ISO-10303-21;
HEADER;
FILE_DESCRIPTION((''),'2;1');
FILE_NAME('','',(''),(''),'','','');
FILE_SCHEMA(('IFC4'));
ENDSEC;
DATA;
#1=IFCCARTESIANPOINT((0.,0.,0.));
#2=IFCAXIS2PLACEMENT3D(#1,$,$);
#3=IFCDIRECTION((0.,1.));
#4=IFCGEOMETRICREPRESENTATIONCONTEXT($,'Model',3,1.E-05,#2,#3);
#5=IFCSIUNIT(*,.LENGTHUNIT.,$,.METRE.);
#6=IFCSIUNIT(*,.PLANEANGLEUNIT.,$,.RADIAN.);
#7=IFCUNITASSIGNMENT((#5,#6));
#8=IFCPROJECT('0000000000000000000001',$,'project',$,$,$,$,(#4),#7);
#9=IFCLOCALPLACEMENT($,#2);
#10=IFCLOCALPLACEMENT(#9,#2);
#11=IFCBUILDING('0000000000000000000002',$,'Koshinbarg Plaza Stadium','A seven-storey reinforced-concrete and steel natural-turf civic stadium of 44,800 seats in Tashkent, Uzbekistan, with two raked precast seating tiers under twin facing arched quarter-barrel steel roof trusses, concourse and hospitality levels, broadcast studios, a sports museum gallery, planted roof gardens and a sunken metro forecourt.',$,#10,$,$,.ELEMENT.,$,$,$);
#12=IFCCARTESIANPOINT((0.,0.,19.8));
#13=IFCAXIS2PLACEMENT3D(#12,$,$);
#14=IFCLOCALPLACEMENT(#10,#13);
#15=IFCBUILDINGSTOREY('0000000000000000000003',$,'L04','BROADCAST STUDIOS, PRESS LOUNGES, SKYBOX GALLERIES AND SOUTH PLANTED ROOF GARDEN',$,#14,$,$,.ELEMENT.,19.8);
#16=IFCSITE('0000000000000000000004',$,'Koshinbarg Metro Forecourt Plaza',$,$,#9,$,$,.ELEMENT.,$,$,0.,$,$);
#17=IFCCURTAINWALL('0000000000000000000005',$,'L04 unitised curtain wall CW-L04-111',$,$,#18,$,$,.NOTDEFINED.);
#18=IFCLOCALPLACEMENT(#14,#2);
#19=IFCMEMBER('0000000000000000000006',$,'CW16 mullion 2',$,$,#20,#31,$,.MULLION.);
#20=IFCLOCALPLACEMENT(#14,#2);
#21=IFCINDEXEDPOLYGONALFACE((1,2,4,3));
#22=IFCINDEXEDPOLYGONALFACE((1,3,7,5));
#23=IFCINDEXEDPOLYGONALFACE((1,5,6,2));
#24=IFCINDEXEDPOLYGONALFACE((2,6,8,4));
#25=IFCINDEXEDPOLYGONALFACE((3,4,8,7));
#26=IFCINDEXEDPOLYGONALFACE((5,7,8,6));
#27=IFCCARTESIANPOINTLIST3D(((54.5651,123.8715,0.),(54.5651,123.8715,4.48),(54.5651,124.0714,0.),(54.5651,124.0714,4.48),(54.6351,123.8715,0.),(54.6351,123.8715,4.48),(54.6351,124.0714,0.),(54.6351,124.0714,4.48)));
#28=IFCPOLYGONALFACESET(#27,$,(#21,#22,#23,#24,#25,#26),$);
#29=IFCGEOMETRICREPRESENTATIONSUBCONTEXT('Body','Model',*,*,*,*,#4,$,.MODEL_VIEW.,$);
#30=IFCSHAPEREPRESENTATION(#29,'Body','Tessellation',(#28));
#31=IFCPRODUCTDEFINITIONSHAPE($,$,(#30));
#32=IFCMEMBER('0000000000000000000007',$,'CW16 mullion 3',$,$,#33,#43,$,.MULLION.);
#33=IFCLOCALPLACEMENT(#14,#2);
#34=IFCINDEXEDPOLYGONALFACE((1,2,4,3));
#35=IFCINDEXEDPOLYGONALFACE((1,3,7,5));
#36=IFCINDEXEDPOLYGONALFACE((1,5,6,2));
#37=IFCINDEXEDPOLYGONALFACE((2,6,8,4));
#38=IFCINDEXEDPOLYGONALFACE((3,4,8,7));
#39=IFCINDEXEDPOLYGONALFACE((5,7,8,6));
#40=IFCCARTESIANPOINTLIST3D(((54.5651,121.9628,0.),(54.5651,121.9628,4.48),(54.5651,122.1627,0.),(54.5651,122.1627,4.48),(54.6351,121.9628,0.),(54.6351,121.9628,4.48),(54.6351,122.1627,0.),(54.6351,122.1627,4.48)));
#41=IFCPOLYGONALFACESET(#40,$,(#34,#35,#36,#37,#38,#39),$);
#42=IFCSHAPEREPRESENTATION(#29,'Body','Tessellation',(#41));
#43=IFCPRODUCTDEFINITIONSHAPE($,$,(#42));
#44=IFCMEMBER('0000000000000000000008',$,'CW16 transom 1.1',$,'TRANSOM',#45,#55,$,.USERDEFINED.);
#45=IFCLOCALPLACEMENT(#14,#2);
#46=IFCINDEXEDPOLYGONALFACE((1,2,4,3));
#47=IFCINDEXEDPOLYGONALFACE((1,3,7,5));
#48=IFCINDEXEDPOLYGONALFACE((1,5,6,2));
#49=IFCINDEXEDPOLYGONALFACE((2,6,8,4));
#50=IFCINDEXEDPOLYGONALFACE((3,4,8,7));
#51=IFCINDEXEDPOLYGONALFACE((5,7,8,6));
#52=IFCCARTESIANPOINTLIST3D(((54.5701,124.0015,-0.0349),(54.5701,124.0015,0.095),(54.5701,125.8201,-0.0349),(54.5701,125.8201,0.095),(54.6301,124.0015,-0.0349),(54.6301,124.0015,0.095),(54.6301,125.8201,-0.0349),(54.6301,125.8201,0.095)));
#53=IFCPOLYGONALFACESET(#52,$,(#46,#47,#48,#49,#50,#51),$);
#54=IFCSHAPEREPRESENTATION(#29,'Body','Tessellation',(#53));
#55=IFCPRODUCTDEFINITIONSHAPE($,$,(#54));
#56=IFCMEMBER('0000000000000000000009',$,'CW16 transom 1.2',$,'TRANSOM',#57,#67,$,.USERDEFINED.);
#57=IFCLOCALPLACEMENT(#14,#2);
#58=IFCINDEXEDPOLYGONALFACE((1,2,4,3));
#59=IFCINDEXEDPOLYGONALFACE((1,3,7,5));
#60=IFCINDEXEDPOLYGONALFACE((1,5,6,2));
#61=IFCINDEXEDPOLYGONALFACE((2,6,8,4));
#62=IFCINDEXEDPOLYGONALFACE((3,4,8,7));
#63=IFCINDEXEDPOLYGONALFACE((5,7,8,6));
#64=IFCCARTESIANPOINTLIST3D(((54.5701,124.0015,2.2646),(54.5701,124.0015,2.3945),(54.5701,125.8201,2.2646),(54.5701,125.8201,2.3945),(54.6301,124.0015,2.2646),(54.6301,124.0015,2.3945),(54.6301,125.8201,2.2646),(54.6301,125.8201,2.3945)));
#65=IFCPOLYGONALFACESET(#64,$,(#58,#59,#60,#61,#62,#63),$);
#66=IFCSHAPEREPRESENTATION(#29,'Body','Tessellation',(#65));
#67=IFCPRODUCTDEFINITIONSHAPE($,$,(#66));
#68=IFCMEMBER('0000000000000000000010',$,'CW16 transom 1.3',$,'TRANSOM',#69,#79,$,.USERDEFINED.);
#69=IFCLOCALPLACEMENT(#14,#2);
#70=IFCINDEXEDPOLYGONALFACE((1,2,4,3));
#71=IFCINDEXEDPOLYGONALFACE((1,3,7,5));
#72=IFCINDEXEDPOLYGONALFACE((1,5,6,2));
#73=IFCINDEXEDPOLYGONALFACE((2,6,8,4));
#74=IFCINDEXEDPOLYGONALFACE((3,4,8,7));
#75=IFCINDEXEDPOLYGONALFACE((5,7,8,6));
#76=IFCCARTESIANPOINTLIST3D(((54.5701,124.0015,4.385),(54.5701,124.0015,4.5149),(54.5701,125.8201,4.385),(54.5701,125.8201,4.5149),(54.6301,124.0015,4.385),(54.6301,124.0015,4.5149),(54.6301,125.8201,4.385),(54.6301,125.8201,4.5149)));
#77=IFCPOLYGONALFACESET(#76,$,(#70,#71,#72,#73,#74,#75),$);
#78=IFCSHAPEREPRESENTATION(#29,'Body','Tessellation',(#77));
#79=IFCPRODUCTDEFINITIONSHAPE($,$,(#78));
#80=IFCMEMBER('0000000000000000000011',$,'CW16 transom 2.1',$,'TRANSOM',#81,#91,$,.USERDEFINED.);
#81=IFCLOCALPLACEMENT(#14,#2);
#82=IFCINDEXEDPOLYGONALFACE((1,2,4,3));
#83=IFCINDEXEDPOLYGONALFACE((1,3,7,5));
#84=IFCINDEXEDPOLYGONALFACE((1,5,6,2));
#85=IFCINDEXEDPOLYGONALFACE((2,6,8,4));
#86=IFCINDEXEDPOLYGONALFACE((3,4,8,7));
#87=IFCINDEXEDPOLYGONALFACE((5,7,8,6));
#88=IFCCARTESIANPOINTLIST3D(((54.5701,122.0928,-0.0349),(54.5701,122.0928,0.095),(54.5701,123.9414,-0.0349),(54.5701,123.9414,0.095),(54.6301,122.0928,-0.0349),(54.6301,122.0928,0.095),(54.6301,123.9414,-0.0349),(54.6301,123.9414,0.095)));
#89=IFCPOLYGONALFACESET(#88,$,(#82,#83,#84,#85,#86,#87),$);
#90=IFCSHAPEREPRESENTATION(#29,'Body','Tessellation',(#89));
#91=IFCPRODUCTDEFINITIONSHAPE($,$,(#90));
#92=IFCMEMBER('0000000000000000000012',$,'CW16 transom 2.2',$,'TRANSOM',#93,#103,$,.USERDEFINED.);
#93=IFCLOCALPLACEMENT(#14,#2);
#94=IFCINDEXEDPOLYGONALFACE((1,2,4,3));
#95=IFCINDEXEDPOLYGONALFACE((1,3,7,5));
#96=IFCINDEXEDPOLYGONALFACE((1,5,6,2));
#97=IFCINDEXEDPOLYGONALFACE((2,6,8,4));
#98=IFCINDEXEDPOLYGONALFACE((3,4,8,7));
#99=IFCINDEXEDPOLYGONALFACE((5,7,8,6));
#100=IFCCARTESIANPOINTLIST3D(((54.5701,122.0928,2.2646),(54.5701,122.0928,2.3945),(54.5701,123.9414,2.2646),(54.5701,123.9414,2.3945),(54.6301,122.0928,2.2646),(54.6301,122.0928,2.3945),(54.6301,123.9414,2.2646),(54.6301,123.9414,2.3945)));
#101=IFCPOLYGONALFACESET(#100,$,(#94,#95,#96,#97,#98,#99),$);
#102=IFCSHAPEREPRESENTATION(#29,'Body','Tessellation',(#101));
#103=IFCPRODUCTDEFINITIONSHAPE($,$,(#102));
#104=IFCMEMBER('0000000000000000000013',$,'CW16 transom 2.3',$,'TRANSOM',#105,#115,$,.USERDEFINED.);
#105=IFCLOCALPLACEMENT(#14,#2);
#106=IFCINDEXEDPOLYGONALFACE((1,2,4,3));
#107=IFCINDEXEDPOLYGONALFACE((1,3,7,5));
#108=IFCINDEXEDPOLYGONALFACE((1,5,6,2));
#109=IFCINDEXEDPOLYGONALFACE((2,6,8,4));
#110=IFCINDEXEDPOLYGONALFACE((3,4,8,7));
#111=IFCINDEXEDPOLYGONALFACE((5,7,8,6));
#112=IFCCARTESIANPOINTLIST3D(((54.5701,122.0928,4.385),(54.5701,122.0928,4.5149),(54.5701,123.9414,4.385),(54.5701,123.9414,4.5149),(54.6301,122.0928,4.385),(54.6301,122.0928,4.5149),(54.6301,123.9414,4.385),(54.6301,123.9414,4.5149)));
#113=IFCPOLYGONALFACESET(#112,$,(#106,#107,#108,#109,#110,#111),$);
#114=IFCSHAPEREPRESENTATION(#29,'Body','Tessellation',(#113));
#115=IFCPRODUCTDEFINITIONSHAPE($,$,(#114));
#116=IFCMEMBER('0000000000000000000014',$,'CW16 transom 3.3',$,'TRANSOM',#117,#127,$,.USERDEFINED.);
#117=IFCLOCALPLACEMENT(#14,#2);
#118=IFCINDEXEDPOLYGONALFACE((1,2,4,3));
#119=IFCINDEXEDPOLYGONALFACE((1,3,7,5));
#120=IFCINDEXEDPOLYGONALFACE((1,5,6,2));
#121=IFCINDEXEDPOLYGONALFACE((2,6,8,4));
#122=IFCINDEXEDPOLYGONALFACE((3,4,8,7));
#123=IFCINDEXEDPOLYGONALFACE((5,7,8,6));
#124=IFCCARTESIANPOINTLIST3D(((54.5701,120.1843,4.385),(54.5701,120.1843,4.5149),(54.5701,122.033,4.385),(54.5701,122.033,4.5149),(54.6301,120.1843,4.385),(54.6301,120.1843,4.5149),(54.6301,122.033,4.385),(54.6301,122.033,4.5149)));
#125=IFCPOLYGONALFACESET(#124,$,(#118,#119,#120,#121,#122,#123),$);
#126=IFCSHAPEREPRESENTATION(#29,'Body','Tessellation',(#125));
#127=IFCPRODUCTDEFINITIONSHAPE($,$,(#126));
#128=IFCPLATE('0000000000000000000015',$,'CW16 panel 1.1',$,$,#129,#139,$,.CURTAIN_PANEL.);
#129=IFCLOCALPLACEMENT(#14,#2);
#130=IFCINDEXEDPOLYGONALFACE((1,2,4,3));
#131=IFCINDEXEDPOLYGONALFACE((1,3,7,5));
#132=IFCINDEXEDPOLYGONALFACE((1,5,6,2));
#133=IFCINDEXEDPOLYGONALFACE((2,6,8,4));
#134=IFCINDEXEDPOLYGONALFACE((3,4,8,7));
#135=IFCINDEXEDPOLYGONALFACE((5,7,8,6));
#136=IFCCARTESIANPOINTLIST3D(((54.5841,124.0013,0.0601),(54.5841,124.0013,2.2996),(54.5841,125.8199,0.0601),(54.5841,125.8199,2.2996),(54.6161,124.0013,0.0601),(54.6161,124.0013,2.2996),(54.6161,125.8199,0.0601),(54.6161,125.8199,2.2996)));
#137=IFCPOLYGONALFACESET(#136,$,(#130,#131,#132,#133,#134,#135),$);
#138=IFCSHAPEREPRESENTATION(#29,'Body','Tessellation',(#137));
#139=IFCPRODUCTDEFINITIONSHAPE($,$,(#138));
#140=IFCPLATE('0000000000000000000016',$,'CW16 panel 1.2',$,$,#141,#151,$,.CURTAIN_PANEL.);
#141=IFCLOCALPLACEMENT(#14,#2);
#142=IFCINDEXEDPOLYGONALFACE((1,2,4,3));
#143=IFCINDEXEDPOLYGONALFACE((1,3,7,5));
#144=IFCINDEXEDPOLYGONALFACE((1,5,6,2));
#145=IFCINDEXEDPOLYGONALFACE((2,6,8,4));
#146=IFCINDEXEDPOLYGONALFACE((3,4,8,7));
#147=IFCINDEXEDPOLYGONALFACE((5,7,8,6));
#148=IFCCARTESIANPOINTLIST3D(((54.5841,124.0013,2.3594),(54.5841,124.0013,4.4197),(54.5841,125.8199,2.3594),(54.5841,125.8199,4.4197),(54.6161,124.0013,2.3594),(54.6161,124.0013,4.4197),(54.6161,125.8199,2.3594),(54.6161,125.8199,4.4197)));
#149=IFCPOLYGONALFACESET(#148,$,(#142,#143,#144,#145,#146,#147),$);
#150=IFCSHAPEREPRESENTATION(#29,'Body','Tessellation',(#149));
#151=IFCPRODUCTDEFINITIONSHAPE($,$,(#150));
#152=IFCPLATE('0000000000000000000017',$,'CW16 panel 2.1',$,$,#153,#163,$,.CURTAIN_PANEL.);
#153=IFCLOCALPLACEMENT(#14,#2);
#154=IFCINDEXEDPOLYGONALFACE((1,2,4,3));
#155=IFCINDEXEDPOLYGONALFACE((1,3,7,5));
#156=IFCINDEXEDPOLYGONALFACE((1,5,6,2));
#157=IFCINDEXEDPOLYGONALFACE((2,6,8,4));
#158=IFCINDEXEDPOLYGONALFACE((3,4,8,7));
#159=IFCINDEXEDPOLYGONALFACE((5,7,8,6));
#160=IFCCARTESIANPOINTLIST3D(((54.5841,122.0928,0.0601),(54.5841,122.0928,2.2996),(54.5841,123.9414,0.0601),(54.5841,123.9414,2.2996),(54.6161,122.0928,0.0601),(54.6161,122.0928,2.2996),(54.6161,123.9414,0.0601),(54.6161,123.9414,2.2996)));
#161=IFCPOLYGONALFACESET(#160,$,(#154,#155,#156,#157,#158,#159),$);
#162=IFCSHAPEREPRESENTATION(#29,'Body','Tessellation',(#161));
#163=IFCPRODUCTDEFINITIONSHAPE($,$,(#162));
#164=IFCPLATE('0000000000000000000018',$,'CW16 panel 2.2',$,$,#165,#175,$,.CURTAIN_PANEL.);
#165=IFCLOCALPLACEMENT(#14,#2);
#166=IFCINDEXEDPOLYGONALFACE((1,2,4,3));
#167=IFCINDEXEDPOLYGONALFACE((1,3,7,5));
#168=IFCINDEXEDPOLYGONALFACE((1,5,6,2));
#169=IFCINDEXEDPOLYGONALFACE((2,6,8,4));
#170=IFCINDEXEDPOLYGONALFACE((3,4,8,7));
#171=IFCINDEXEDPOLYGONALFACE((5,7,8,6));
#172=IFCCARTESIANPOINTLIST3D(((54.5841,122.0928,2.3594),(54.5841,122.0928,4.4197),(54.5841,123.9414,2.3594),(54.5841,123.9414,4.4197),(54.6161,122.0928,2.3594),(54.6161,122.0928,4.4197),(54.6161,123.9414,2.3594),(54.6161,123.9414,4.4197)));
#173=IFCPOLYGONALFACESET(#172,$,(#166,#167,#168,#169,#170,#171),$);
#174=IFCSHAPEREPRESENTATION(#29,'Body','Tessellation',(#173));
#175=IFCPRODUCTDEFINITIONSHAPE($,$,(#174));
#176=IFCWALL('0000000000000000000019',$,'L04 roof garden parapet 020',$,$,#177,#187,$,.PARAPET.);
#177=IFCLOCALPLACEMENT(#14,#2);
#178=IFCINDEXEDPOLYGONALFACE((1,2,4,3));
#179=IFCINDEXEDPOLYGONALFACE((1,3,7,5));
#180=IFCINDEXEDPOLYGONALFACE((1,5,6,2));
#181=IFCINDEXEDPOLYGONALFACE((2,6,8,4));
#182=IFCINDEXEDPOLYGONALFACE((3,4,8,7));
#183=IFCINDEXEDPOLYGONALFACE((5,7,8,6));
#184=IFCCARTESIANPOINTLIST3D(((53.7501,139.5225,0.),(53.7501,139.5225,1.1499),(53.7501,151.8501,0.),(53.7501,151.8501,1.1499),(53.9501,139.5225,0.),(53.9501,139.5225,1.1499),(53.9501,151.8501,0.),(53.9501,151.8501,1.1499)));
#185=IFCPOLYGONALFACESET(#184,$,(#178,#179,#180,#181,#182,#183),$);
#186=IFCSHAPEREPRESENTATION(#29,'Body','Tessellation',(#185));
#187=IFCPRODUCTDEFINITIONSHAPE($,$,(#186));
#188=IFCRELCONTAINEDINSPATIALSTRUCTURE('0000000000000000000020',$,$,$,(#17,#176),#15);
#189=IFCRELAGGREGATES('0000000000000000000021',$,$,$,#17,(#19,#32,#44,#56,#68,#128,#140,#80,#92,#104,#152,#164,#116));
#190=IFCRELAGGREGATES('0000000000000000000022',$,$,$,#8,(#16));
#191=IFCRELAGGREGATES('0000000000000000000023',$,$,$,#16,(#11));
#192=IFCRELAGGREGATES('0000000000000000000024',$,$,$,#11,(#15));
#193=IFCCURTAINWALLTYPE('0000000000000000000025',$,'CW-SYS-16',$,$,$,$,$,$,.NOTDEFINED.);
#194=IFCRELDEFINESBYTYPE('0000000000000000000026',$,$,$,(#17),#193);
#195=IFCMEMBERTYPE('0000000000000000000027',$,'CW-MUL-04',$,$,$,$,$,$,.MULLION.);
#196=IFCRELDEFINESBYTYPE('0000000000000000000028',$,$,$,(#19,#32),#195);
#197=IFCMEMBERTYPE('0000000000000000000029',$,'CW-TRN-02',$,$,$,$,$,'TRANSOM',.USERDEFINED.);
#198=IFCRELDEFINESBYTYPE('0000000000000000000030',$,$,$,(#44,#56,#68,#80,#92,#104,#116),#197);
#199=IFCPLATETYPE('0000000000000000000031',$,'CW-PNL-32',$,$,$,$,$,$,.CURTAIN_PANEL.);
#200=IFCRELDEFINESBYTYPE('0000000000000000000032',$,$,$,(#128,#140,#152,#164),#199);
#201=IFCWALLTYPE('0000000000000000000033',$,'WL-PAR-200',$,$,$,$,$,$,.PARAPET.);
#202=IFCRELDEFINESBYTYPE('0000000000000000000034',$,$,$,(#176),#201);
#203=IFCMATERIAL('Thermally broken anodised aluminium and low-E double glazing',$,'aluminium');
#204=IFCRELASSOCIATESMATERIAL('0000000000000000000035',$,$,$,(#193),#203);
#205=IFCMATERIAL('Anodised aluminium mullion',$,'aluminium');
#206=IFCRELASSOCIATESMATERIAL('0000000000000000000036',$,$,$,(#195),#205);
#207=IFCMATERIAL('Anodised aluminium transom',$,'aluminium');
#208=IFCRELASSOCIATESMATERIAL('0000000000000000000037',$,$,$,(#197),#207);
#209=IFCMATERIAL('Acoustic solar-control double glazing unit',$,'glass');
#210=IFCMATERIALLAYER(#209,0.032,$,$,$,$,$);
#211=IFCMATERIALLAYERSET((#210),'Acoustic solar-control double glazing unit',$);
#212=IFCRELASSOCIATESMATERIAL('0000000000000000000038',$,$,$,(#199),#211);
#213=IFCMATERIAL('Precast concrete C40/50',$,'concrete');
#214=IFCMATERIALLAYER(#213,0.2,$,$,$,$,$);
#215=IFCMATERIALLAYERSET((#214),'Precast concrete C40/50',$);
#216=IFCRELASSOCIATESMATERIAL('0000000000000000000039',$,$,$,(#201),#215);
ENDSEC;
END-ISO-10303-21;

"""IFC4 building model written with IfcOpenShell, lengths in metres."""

from ifc_helpers import new_model, si_unit, direction, frame, frame_2d, origin, origin_2d, place, context, subcontext, project, spatial, rectangle, extrude, material, layer, layer_set, material_profile, profile_set, type_object, element, aggregate, save


model = new_model("IFC4")

# Units and contexts
model_context = context("Model", 3, precision=1e-05, world=origin(), true_north=direction((0.0, 1.0)))
body_context = subcontext(model_context, "Body", "Model", "MODEL_VIEW")
ifc_project = project(units=[si_unit("LENGTHUNIT", "METRE"), si_unit("PLANEANGLEUNIT", "RADIAN")], contexts=[model_context])

# Site, building, storey
site_placement = place(None, origin())
site = spatial("IfcSite", under=ifc_project, at=site_placement, Name="Koshinbarg Metro Forecourt Plaza", CompositionType="ELEMENT", RefElevation=0.0)
building_placement = place(site_placement, origin())
building = spatial("IfcBuilding", under=site, at=building_placement, Name="Koshinbarg Plaza Stadium", Description="A seven-storey reinforced-concrete and steel natural-turf civic stadium of 44,800 seats in Tashkent, Uzbekistan, with two raked precast seating tiers under twin facing arched quarter-barrel steel roof trusses, concourse and hospitality levels, broadcast studios, a sports museum gallery, planted roof gardens and a sunken metro forecourt.", CompositionType="ELEMENT")
storey_placement = place(building_placement, frame((0.0, 0.0, 19.8)))
storey = spatial("IfcBuildingStorey", under=building, at=storey_placement, Name="L04", Description="BROADCAST STUDIOS, PRESS LOUNGES, SKYBOX GALLERIES AND SOUTH PLANTED ROOF GARDEN", CompositionType="ELEMENT", Elevation=19.8)

# Curtain wall, members, plates
ifc_material_1 = material(Name="Thermally broken anodised aluminium and low-E double glazing", Category="aluminium")
curtain_wall_type = type_object("IfcCurtainWallType", Name="CW-SYS-16", PredefinedType="NOTDEFINED", material=ifc_material_1)
curtain_wall_placement = place(storey_placement, origin())
curtain_wall = element("IfcCurtainWall", 1, at=curtain_wall_placement, inside=storey, type_object=curtain_wall_type, Name="L04 unitised curtain wall CW-L04-111", PredefinedType="NOTDEFINED")
ifc_material_2 = material(Name="Anodised aluminium mullion", Category="aluminium")
ifc_material_profile_1 = material_profile(ifc_material_2, rectangle(XDim=0.0701, YDim=0.2, at=origin_2d()), Name="ALU 70x200")
ifc_profile_set_1 = profile_set([ifc_material_profile_1], Name="Anodised aluminium mullion")
member_type_1 = type_object("IfcMemberType", Name="CW-MUL-04", PredefinedType="MULLION", material=ifc_profile_set_1)
member_1_placement = place(storey_placement, frame((54.6001, 123.9714, 0.0), z_axis=(0.0, 0.0, 1.0), x_axis=(1.0, 0.0, 0.0)))
member_1 = element("IfcMember", 2, at=member_1_placement, type_object=member_type_1, Name="CW16 mullion 2", PredefinedType="MULLION", context=body_context, shape_type="SweptSolid", body=[
    extrude(rectangle(XDim=0.0701, YDim=0.2, at=origin_2d()), origin(), (0.0, 0.0, 1.0), 4.48),
])
member_2_placement = place(storey_placement, frame((54.6001, 122.0627, 0.0), z_axis=(0.0, 0.0, 1.0), x_axis=(1.0, 0.0, 0.0)))
member_2 = element("IfcMember", 3, at=member_2_placement, type_object=member_type_1, Name="CW16 mullion 3", PredefinedType="MULLION", context=body_context, shape_type="SweptSolid", body=[
    extrude(rectangle(XDim=0.0701, YDim=0.2, at=origin_2d()), origin(), (0.0, 0.0, 1.0), 4.48),
])
ifc_material_3 = material(Name="Anodised aluminium transom", Category="aluminium")
ifc_material_profile_2 = material_profile(ifc_material_3, rectangle(XDim=0.0601, YDim=0.1299, at=origin_2d()), Name="ALU 60x130")
ifc_profile_set_2 = profile_set([ifc_material_profile_2], Name="Anodised aluminium transom")
member_type_2 = type_object("IfcMemberType", Name="CW-TRN-02", ElementType="TRANSOM", PredefinedType="USERDEFINED", material=ifc_profile_set_2)
member_3_placement = place(storey_placement, frame((54.6001, 125.8201, 0.03), z_axis=(0.0, -1.0, 0.0), x_axis=(1.0, 0.0, 0.0)))
member_3 = element("IfcMember", 4, at=member_3_placement, type_object=member_type_2, Name="CW16 transom 1.1", ObjectType="TRANSOM", PredefinedType="USERDEFINED", context=body_context, shape_type="SweptSolid", body=[
    extrude(rectangle(XDim=0.0601, YDim=0.1299, at=origin_2d()), origin(), (0.0, 0.0, 1.0), 1.8186),
])
member_4_placement = place(storey_placement, frame((54.6001, 125.8201, 2.3296), z_axis=(0.0, -1.0, 0.0), x_axis=(1.0, 0.0, 0.0)))
member_4 = element("IfcMember", 5, at=member_4_placement, type_object=member_type_2, Name="CW16 transom 1.2", ObjectType="TRANSOM", PredefinedType="USERDEFINED", context=body_context, shape_type="SweptSolid", body=[
    extrude(rectangle(XDim=0.0601, YDim=0.1299, at=origin_2d()), origin(), (0.0, 0.0, 1.0), 1.8186),
])
member_5_placement = place(storey_placement, frame((54.6001, 125.8201, 4.45), z_axis=(0.0, -1.0, 0.0), x_axis=(1.0, 0.0, 0.0)))
member_5 = element("IfcMember", 6, at=member_5_placement, type_object=member_type_2, Name="CW16 transom 1.3", ObjectType="TRANSOM", PredefinedType="USERDEFINED", context=body_context, shape_type="SweptSolid", body=[
    extrude(rectangle(XDim=0.0601, YDim=0.1299, at=origin_2d()), origin(), (0.0, 0.0, 1.0), 1.8186),
])
member_6_placement = place(storey_placement, frame((54.6001, 123.9414, 0.03), z_axis=(0.0, -1.0, 0.0), x_axis=(1.0, 0.0, 0.0)))
member_6 = element("IfcMember", 7, at=member_6_placement, type_object=member_type_2, Name="CW16 transom 2.1", ObjectType="TRANSOM", PredefinedType="USERDEFINED", context=body_context, shape_type="SweptSolid", body=[
    extrude(rectangle(XDim=0.0601, YDim=0.1299, at=origin_2d()), origin(), (0.0, 0.0, 1.0), 1.8486),
])
member_7_placement = place(storey_placement, frame((54.6001, 123.9414, 2.3296), z_axis=(0.0, -1.0, 0.0), x_axis=(1.0, 0.0, 0.0)))
member_7 = element("IfcMember", 8, at=member_7_placement, type_object=member_type_2, Name="CW16 transom 2.2", ObjectType="TRANSOM", PredefinedType="USERDEFINED", context=body_context, shape_type="SweptSolid", body=[
    extrude(rectangle(XDim=0.0601, YDim=0.1299, at=origin_2d()), origin(), (0.0, 0.0, 1.0), 1.8486),
])
member_8_placement = place(storey_placement, frame((54.6001, 123.9414, 4.45), z_axis=(0.0, -1.0, 0.0), x_axis=(1.0, 0.0, 0.0)))
member_8 = element("IfcMember", 9, at=member_8_placement, type_object=member_type_2, Name="CW16 transom 2.3", ObjectType="TRANSOM", PredefinedType="USERDEFINED", context=body_context, shape_type="SweptSolid", body=[
    extrude(rectangle(XDim=0.0601, YDim=0.1299, at=origin_2d()), origin(), (0.0, 0.0, 1.0), 1.8486),
])
member_9_placement = place(storey_placement, frame((54.6001, 122.033, 4.45), z_axis=(0.0, -1.0, 0.0), x_axis=(1.0, 0.0, 0.0)))
member_9 = element("IfcMember", 10, at=member_9_placement, type_object=member_type_2, Name="CW16 transom 3.3", ObjectType="TRANSOM", PredefinedType="USERDEFINED", context=body_context, shape_type="SweptSolid", body=[
    extrude(rectangle(XDim=0.0601, YDim=0.1299, at=origin_2d()), origin(), (0.0, 0.0, 1.0), 1.8486),
])
ifc_material_4 = material(Name="Acoustic solar-control double glazing unit", Category="glass")
ifc_layer_1 = layer(ifc_material_4, 0.032)
ifc_layer_set_1 = layer_set([ifc_layer_1], Name="Acoustic solar-control double glazing unit")
plate_type = type_object("IfcPlateType", Name="CW-PNL-32", PredefinedType="CURTAIN_PANEL", material=ifc_layer_set_1)
plate_1_placement = place(storey_placement, frame((54.6001, 124.9106, 0.0601), z_axis=(0.0, 0.0, 1.0), x_axis=(0.0, -1.0, 0.0)))
plate_1 = element("IfcPlate", 11, at=plate_1_placement, type_object=plate_type, Name="CW16 panel 1.1", PredefinedType="CURTAIN_PANEL", context=body_context, shape_type="SweptSolid", body=[
    extrude(rectangle(XDim=1.8186, YDim=0.032, at=origin_2d()), origin(), (0.0, 0.0, 1.0), 2.2395),
])
plate_2_placement = place(storey_placement, frame((54.6001, 124.9106, 2.3594), z_axis=(0.0, 0.0, 1.0), x_axis=(0.0, -1.0, 0.0)))
plate_2 = element("IfcPlate", 12, at=plate_2_placement, type_object=plate_type, Name="CW16 panel 1.2", PredefinedType="CURTAIN_PANEL", context=body_context, shape_type="SweptSolid", body=[
    extrude(rectangle(XDim=1.8186, YDim=0.032, at=origin_2d()), origin(), (0.0, 0.0, 1.0), 2.0603),
])
plate_3_placement = place(storey_placement, frame((54.6001, 123.0171, 0.0601), z_axis=(0.0, 0.0, 1.0), x_axis=(0.0, -1.0, 0.0)))
plate_3 = element("IfcPlate", 13, at=plate_3_placement, type_object=plate_type, Name="CW16 panel 2.1", PredefinedType="CURTAIN_PANEL", context=body_context, shape_type="SweptSolid", body=[
    extrude(rectangle(XDim=1.8486, YDim=0.032, at=origin_2d()), origin(), (0.0, 0.0, 1.0), 2.2395),
])
plate_4_placement = place(storey_placement, frame((54.6001, 123.0171, 2.3594), z_axis=(0.0, 0.0, 1.0), x_axis=(0.0, -1.0, 0.0)))
plate_4 = element("IfcPlate", 14, at=plate_4_placement, type_object=plate_type, Name="CW16 panel 2.2", PredefinedType="CURTAIN_PANEL", context=body_context, shape_type="SweptSolid", body=[
    extrude(rectangle(XDim=1.8486, YDim=0.032, at=origin_2d()), origin(), (0.0, 0.0, 1.0), 2.0603),
])
aggregate(curtain_wall, [member_1, member_2, member_3, member_4, member_5, plate_1, plate_2, member_6, member_7, member_8, plate_3, plate_4, member_9])

# Wall
ifc_material_5 = material(Name="Precast concrete C40/50", Category="concrete")
ifc_layer_2 = layer(ifc_material_5, 0.2)
ifc_layer_set_2 = layer_set([ifc_layer_2], Name="Precast concrete C40/50")
wall_type_1 = type_object("IfcWallType", Name="WL-PAR-200", PredefinedType="PARAPET", material=ifc_layer_set_2)
wall_1_placement = place(storey_placement, frame((53.8501, 139.5225, 0.0), z_axis=(0.0, 0.0, 1.0), x_axis=(0.0, 1.0, 0.0)))
element("IfcWall", 15, at=wall_1_placement, inside=storey, type_object=wall_type_1, Name="L04 roof garden parapet 020", PredefinedType="PARAPET", context=body_context, shape_type="SweptSolid", body=[
    extrude(rectangle(XDim=12.3276, YDim=0.2, at=frame_2d((6.1638, 0.0))), origin(), (0.0, 0.0, 1.0), 1.1499),
])

save(model, "model.ifc")
